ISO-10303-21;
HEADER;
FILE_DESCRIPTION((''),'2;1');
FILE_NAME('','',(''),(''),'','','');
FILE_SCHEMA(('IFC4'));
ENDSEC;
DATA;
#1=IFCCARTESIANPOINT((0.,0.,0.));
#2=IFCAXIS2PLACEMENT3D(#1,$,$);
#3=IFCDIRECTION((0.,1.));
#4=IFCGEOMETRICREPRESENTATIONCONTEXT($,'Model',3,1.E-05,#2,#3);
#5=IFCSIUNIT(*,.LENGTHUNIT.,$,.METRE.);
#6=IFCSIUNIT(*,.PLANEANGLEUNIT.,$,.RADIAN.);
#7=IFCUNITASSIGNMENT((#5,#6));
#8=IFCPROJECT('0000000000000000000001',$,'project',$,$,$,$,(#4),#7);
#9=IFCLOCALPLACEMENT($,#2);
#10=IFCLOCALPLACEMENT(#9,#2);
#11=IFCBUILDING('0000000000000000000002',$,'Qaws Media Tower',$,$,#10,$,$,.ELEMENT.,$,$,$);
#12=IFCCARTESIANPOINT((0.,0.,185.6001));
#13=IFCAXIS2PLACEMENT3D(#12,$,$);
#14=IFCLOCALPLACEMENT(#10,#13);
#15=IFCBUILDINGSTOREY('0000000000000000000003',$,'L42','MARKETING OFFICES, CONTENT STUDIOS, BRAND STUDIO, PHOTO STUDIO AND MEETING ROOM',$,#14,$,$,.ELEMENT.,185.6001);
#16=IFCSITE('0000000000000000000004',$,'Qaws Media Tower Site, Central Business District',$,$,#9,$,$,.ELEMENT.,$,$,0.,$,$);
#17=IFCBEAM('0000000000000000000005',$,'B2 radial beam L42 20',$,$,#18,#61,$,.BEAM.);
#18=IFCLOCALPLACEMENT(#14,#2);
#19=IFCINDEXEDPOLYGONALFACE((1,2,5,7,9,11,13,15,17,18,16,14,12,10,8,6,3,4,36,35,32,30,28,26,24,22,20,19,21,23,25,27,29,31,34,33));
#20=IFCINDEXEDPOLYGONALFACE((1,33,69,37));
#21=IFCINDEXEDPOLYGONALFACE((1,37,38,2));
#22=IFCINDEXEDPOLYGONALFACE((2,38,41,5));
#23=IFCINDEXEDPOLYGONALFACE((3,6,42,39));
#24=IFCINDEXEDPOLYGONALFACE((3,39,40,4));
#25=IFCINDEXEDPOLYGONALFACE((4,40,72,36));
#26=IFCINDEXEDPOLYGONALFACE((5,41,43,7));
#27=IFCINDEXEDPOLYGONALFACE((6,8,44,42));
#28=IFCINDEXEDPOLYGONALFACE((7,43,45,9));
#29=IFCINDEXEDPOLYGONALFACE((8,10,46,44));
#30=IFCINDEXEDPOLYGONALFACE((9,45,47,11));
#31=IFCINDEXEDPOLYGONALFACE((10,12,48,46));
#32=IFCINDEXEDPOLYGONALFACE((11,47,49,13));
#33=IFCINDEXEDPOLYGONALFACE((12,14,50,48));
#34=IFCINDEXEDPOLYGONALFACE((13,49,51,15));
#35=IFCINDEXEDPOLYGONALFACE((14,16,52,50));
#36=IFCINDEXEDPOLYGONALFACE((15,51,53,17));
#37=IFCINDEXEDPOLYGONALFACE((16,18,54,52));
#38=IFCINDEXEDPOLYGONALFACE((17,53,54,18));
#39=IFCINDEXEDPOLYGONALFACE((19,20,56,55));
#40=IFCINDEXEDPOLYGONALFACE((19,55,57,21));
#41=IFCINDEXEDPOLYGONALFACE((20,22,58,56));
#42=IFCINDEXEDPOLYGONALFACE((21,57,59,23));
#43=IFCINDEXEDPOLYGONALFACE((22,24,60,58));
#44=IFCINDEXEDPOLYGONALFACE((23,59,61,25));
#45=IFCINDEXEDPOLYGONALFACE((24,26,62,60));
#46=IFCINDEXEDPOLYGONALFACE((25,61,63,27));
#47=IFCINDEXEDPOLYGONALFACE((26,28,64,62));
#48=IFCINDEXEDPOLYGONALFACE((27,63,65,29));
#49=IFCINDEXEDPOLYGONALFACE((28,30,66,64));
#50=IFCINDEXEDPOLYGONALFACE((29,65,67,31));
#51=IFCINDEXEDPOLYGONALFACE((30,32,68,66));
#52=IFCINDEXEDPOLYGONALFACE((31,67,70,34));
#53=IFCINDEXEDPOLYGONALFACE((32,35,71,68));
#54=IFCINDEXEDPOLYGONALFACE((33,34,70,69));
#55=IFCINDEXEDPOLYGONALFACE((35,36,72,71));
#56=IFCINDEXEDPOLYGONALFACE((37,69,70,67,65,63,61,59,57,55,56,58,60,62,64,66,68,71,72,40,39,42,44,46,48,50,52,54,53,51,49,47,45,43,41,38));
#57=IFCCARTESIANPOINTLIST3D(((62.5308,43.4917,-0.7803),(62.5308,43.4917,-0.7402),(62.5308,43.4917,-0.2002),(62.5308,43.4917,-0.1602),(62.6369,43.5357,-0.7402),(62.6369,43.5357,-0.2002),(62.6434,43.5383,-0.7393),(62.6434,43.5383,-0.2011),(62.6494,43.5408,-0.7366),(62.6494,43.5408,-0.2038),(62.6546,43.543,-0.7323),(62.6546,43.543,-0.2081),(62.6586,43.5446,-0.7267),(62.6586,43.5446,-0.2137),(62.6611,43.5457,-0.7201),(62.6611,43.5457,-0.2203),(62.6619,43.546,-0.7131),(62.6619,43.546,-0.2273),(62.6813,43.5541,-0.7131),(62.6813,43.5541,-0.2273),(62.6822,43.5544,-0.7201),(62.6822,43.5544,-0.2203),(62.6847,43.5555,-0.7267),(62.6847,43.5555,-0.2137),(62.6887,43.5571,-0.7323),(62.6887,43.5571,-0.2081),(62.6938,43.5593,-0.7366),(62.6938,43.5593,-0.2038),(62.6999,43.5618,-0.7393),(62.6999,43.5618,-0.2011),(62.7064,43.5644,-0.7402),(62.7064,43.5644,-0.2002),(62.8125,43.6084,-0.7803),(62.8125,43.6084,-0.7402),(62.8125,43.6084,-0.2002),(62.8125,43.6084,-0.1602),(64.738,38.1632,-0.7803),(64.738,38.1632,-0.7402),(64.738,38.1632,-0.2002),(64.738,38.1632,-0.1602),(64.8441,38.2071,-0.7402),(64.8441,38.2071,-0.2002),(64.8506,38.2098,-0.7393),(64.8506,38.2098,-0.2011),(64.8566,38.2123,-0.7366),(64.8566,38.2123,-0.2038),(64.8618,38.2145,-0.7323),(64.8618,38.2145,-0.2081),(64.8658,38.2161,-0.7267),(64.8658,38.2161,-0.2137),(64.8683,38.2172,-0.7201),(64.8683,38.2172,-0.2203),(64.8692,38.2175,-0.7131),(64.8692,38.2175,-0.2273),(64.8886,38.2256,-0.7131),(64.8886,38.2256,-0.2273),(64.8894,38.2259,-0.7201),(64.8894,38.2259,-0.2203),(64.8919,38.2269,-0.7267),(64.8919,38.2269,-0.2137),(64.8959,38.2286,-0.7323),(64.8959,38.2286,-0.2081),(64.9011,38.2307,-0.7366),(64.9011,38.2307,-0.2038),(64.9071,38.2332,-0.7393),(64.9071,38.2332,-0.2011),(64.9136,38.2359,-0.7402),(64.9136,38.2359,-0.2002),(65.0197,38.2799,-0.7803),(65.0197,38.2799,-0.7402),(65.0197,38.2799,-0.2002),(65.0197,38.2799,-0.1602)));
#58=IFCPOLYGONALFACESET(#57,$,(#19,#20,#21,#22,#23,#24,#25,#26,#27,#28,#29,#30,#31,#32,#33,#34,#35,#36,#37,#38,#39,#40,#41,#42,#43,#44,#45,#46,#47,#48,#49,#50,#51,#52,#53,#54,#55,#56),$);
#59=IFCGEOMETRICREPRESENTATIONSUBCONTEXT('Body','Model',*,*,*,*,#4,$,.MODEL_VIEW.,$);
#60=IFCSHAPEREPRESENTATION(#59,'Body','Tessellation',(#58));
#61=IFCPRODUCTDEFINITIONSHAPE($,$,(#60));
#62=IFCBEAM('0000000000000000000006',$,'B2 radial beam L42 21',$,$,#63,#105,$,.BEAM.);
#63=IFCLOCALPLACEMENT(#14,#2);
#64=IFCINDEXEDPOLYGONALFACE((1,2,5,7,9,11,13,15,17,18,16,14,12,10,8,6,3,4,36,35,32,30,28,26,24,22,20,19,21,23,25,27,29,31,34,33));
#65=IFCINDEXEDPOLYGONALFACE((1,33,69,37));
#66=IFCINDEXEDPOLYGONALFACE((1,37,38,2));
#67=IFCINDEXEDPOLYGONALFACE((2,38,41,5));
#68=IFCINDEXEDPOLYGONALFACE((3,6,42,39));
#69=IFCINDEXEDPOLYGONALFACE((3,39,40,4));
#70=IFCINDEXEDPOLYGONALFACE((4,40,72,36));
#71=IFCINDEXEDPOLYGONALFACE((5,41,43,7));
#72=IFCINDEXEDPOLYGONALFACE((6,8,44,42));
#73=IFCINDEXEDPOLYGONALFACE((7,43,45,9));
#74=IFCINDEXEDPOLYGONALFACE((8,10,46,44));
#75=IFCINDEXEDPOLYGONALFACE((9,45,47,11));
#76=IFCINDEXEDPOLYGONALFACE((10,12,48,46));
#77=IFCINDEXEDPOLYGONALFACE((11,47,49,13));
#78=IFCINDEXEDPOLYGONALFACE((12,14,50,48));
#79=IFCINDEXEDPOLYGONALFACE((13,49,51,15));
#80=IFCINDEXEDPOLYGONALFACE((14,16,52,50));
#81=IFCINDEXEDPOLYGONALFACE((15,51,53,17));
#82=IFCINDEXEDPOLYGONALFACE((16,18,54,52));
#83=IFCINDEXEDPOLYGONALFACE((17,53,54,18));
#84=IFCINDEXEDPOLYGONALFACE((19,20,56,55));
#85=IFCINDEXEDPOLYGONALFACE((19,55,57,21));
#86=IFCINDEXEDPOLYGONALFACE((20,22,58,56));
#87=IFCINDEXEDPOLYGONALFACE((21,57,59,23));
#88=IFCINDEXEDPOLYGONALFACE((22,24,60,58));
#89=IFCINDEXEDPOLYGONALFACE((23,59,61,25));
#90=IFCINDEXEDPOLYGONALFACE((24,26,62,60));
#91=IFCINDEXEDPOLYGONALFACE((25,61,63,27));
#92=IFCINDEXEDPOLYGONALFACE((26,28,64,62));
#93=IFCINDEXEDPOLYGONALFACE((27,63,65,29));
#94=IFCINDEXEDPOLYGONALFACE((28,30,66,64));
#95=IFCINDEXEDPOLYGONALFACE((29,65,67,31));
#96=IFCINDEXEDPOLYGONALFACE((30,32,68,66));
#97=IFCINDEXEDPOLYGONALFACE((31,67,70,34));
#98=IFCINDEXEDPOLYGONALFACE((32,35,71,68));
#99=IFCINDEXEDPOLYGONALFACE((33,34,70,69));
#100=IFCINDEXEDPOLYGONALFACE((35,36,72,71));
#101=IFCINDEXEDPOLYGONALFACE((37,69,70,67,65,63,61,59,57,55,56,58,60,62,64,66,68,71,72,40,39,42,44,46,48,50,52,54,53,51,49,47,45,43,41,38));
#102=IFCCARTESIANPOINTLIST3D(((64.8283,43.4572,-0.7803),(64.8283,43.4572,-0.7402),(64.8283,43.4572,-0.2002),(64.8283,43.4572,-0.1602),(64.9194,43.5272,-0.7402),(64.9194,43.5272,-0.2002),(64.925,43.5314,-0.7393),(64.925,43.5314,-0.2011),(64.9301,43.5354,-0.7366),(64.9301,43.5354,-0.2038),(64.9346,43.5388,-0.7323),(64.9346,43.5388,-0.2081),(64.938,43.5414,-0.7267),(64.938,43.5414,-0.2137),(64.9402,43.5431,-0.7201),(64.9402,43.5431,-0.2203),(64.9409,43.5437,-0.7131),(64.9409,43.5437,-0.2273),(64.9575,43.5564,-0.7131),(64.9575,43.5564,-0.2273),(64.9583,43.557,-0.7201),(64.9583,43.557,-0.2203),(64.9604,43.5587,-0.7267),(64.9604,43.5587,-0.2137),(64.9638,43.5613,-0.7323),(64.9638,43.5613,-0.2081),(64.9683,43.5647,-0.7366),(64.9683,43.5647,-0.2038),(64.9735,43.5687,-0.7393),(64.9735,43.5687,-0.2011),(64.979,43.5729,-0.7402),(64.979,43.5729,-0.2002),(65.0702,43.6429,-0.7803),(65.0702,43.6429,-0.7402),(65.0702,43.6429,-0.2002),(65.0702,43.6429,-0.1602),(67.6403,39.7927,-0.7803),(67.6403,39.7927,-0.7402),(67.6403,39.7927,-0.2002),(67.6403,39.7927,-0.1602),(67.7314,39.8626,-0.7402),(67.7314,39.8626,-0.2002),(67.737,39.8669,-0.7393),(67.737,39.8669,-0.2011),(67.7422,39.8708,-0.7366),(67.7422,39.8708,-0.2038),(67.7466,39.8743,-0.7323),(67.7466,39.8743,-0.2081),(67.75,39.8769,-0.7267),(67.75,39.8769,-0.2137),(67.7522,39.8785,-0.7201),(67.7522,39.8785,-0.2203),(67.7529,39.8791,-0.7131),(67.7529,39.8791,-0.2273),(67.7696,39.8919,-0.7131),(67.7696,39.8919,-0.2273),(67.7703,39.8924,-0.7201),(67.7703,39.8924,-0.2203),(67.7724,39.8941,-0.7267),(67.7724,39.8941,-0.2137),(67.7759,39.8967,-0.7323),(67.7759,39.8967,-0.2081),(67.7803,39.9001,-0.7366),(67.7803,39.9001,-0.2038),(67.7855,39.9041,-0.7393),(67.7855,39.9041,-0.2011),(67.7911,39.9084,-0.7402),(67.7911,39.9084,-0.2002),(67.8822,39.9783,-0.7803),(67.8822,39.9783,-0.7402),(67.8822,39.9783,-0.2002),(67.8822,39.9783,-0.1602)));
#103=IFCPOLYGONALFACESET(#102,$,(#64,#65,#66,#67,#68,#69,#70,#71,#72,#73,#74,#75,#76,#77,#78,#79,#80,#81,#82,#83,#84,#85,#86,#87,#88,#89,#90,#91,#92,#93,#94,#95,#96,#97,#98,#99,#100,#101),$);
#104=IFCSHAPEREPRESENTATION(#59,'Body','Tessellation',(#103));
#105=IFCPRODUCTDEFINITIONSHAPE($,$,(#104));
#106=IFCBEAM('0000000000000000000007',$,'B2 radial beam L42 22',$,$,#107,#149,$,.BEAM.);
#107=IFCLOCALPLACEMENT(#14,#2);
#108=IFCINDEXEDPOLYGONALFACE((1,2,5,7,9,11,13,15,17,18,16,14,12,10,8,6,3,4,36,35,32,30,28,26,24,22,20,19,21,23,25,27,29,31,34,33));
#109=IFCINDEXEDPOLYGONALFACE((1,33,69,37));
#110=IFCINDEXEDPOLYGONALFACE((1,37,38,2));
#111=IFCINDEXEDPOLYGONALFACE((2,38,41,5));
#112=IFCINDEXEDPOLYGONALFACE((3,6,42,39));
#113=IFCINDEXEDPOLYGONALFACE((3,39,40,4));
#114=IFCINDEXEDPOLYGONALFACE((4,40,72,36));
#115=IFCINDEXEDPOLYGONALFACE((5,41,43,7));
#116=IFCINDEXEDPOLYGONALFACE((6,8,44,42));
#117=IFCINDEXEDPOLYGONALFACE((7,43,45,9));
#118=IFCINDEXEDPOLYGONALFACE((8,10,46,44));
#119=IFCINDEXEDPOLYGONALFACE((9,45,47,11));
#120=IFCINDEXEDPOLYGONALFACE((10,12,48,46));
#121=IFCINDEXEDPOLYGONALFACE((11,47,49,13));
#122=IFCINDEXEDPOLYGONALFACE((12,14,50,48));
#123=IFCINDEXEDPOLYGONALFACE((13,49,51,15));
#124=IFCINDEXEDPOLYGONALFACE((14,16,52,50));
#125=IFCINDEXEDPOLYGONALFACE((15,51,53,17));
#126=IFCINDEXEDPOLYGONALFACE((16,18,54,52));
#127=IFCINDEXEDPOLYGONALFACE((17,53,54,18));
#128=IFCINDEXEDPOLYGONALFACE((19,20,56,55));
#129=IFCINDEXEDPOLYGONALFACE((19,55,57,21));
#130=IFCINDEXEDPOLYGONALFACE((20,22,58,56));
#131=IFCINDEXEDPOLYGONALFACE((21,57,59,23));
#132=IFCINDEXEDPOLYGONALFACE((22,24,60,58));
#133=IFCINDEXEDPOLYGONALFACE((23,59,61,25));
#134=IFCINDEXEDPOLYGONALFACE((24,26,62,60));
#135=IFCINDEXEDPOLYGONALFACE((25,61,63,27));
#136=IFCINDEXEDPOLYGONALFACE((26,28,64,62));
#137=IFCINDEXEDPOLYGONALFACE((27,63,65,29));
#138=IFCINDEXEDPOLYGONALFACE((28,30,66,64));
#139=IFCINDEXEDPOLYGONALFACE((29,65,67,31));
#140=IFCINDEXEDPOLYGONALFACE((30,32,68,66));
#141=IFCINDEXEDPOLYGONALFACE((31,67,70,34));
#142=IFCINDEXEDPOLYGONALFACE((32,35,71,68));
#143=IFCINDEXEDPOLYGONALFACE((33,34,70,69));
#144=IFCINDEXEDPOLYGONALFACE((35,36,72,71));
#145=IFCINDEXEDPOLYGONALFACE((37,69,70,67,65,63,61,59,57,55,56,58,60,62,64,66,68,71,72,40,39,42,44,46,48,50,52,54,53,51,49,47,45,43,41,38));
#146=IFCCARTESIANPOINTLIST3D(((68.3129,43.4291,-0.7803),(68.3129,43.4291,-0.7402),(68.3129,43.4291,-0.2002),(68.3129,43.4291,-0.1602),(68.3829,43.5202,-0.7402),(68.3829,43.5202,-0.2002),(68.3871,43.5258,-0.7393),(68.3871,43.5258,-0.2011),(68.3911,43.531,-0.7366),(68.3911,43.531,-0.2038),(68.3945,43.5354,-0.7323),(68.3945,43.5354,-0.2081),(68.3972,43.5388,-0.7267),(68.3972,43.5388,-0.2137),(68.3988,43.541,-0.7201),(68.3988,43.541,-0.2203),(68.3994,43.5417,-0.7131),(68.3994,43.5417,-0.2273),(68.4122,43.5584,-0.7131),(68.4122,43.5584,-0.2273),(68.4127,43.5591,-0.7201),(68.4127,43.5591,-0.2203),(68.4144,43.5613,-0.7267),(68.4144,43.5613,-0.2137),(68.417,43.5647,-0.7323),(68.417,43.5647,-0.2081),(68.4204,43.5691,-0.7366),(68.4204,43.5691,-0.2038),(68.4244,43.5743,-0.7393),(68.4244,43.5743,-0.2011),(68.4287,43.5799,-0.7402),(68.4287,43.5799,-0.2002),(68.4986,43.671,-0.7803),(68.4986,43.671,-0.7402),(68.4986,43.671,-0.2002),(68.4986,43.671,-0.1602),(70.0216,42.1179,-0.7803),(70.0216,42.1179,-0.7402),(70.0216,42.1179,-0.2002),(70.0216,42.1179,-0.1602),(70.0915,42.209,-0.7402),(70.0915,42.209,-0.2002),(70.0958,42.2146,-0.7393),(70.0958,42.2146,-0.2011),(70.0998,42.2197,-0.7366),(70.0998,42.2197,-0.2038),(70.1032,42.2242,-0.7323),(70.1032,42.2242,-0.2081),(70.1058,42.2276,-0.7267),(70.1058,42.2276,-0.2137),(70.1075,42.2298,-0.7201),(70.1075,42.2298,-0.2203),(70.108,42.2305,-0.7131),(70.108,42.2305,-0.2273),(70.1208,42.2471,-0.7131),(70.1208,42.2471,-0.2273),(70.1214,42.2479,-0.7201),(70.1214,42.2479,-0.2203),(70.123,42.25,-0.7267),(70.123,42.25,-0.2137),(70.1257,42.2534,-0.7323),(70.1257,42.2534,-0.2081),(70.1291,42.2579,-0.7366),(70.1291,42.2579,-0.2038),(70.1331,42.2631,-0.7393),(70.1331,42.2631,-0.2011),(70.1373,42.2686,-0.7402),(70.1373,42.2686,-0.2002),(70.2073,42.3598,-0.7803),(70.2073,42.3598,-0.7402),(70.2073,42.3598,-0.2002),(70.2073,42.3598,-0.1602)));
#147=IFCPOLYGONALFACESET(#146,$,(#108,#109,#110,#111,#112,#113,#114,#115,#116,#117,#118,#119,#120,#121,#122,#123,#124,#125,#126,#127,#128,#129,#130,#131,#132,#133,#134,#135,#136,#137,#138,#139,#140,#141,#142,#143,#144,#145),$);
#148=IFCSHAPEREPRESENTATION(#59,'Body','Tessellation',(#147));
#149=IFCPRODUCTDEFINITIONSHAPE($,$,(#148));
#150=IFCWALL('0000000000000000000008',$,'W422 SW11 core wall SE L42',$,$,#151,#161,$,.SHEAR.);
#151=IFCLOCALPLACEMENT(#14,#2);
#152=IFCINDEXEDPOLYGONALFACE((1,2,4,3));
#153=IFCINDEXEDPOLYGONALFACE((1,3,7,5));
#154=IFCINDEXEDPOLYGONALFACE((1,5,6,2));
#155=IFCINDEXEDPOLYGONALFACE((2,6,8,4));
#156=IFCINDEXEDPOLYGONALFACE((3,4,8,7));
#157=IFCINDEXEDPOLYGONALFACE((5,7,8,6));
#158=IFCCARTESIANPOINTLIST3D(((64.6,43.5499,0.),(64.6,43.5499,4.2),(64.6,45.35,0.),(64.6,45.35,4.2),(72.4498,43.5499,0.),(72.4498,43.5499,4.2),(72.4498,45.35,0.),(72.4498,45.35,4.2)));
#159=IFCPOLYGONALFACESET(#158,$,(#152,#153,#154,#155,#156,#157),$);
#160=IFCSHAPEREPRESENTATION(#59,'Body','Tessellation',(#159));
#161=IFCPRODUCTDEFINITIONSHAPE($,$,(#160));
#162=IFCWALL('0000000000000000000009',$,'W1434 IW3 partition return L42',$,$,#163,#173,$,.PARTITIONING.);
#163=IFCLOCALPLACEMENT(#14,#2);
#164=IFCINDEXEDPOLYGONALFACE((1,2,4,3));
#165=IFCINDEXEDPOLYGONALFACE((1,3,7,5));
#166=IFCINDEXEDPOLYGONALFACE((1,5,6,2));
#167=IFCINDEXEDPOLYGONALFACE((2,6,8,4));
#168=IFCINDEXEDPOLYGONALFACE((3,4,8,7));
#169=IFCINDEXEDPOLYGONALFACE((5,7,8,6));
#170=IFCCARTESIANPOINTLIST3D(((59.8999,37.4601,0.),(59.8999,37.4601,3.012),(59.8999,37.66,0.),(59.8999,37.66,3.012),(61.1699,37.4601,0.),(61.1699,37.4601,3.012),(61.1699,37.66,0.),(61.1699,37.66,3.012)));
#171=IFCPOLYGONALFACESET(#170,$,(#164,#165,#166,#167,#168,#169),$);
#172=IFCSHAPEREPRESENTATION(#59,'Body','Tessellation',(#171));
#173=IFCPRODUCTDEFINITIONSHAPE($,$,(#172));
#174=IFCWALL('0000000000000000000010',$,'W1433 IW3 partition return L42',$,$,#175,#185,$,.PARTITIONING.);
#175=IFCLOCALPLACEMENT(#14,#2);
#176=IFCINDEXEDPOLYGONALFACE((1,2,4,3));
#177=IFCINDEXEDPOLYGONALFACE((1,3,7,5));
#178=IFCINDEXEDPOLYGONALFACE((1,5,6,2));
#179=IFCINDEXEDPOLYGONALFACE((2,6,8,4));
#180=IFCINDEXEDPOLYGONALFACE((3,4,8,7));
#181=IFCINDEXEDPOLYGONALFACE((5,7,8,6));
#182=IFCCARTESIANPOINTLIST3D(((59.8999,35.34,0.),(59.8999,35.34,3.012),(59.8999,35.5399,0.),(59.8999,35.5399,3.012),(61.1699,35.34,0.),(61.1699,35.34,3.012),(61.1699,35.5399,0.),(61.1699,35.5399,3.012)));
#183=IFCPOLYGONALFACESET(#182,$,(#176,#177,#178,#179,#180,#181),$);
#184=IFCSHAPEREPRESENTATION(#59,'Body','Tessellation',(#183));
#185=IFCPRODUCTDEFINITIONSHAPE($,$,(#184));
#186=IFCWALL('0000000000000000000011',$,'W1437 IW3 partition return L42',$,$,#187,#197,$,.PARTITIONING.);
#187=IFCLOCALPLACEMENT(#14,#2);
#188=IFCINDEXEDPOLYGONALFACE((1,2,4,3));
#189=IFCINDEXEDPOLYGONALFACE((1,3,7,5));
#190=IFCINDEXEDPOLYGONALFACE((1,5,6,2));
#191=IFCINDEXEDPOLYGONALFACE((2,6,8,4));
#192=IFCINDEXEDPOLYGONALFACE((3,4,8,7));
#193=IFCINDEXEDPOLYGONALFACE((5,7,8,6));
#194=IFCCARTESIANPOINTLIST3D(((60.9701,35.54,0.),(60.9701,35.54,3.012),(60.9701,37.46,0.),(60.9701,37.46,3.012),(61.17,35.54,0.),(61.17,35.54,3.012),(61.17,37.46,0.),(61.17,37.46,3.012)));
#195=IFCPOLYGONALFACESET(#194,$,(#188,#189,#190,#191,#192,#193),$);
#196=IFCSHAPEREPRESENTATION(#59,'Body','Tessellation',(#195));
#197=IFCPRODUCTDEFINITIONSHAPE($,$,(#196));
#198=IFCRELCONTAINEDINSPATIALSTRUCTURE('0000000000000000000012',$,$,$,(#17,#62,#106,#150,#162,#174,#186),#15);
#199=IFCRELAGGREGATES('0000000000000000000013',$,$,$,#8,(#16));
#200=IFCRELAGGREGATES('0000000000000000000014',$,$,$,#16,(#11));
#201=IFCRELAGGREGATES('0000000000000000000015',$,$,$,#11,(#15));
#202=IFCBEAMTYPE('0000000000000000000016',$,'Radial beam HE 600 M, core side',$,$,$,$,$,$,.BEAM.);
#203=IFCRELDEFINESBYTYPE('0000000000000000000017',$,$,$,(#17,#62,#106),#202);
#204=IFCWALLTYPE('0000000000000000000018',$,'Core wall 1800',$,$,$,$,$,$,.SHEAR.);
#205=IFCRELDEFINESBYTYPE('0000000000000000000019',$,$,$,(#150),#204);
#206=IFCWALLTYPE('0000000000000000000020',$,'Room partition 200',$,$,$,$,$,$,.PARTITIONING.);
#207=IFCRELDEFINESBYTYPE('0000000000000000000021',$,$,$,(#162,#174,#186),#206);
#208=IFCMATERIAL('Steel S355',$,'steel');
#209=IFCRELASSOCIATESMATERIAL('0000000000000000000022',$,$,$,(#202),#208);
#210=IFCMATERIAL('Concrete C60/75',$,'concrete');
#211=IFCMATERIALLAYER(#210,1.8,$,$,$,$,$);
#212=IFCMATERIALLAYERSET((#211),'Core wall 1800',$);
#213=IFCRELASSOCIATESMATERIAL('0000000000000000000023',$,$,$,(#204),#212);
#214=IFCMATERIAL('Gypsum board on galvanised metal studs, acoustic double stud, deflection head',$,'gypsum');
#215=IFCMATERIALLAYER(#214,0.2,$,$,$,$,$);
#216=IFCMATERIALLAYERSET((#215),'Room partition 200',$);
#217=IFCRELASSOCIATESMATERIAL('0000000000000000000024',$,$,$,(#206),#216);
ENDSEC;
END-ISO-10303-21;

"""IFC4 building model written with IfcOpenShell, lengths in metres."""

from ifc_helpers import new_model, si_unit, direction, frame, frame_2d, origin, origin_2d, place, context, subcontext, project, spatial, rectangle, i_section, extrude, material, layer, layer_set, material_profile, profile_set, type_object, element, save


model = new_model("IFC4")

# Units and contexts
model_context = context("Model", 3, precision=1e-05, world=origin(), true_north=direction((0.0, 1.0)))
body_context = subcontext(model_context, "Body", "Model", "MODEL_VIEW")
ifc_project = project(units=[si_unit("LENGTHUNIT", "METRE"), si_unit("PLANEANGLEUNIT", "RADIAN")], contexts=[model_context])

# Site, building, storey
site_placement = place(None, origin())
site = spatial("IfcSite", under=ifc_project, at=site_placement, Name="Qaws Media Tower Site, Central Business District", CompositionType="ELEMENT", RefElevation=0.0)
building_placement = place(site_placement, origin())
building = spatial("IfcBuilding", under=site, at=building_placement, Name="Qaws Media Tower", CompositionType="ELEMENT")
storey_placement = place(building_placement, frame((0.0, 0.0, 185.6001)))
storey = spatial("IfcBuildingStorey", under=building, at=storey_placement, Name="L42", Description="MARKETING OFFICES, CONTENT STUDIOS, BRAND STUDIO, PHOTO STUDIO AND MEETING ROOM", CompositionType="ELEMENT", Elevation=185.6001)

# Beams
ifc_material_1 = material(Name="Steel S355", Category="steel")
ifc_material_profile_1 = material_profile(ifc_material_1, i_section(OverallWidth=0.3049, OverallDepth=0.6201, WebThickness=0.021, FlangeThickness=0.04, FilletRadius=0.0271, at=origin_2d()), Name="HE 600 M")
ifc_profile_set_1 = profile_set([ifc_material_profile_1], Name="Steel S355")
beam_type_1 = type_object("IfcBeamType", Name="Radial beam HE 600 M, core side", PredefinedType="BEAM", material=ifc_profile_set_1)
beam_1_placement = place(storey_placement, frame((62.6716, 43.55, -0.4702), z_axis=(0.382697, -0.923874, 0.0), x_axis=(0.923874, 0.382697, 0.0)))
element("IfcBeam", 1, at=beam_1_placement, inside=storey, type_object=beam_type_1, Name="B2 radial beam L42 20", PredefinedType="BEAM", context=body_context, shape_type="SweptSolid", body=[
    extrude(i_section(OverallWidth=0.3049, OverallDepth=0.6201, WebThickness=0.021, FlangeThickness=0.04, FilletRadius=0.0271, at=origin_2d()), origin(), (0.0, 0.0, 1.0), 5.7676),
])
beam_2_placement = place(storey_placement, frame((64.9492, 43.55, -0.4702), z_axis=(0.608775, -0.793343, 0.0), x_axis=(0.793343, 0.608775, 0.0)))
element("IfcBeam", 2, at=beam_2_placement, inside=storey, type_object=beam_type_1, Name="B2 radial beam L42 21", PredefinedType="BEAM", context=body_context, shape_type="SweptSolid", body=[
    extrude(i_section(OverallWidth=0.3049, OverallDepth=0.6201, WebThickness=0.021, FlangeThickness=0.04, FilletRadius=0.0271, at=origin_2d()), origin(), (0.0, 0.0, 1.0), 4.6191),
])
beam_3_placement = place(storey_placement, frame((68.4058, 43.55, -0.4702), z_axis=(0.793327, -0.608796, 0.0), x_axis=(0.608796, 0.793327, 0.0)))
element("IfcBeam", 3, at=beam_3_placement, inside=storey, type_object=beam_type_1, Name="B2 radial beam L42 22", PredefinedType="BEAM", context=body_context, shape_type="SweptSolid", body=[
    extrude(i_section(OverallWidth=0.3049, OverallDepth=0.6201, WebThickness=0.021, FlangeThickness=0.04, FilletRadius=0.0271, at=origin_2d()), origin(), (0.0, 0.0, 1.0), 2.1538),
])

# Walls
ifc_material_2 = material(Name="Concrete C60/75", Category="concrete")
ifc_layer_1 = layer(ifc_material_2, 1.8)
ifc_layer_set_1 = layer_set([ifc_layer_1], Name="Core wall 1800")
wall_type_1 = type_object("IfcWallType", Name="Core wall 1800", PredefinedType="SHEAR", material=ifc_layer_set_1)
wall_1_placement = place(storey_placement, frame((64.6001, 44.45, 0.0), z_axis=(0.0, 0.0, 1.0), x_axis=(1.0, 0.0, 0.0)))
element("IfcWall", 4, at=wall_1_placement, inside=storey, type_object=wall_type_1, Name="W422 SW11 core wall SE L42", PredefinedType="SHEAR", context=body_context, shape_type="SweptSolid", body=[
    extrude(rectangle(XDim=7.8499, YDim=1.8, at=frame_2d((3.9248, 0.0))), origin(), (0.0, 0.0, 1.0), 4.2),
])
ifc_material_3 = material(Name="Gypsum board on galvanised metal studs, acoustic double stud, deflection head", Category="gypsum")
ifc_layer_2 = layer(ifc_material_3, 0.2)
ifc_layer_set_2 = layer_set([ifc_layer_2], Name="Room partition 200")
wall_type_2 = type_object("IfcWallType", Name="Room partition 200", PredefinedType="PARTITIONING", material=ifc_layer_set_2)
for number, where, z_axis, x_axis, name in (
    (5, (59.8999, 37.5601, 0.0), (0.0, 0.0, 1.0), (1.0, 0.0, 0.0), "W1434 IW3 partition return L42"),
    (6, (59.8999, 35.4399, 0.0), (0.0, 0.0, 1.0), (1.0, 0.0, 0.0), "W1433 IW3 partition return L42"),
):
    element("IfcWall", number, at=place(storey_placement, frame(where, z_axis=z_axis, x_axis=x_axis)), inside=storey, type_object=wall_type_2, Name=name, PredefinedType="PARTITIONING", context=body_context, shape_type="SweptSolid", body=[
        extrude(rectangle(XDim=1.27, YDim=0.2, at=frame_2d((0.635, 0.0))), origin(), (0.0, 0.0, 1.0), 3.012),
    ])
wall_2_placement = place(storey_placement, frame((61.0701, 37.46, 0.0), z_axis=(0.0, 0.0, 1.0), x_axis=(0.0, -1.0, 0.0)))
element("IfcWall", 7, at=wall_2_placement, inside=storey, type_object=wall_type_2, Name="W1437 IW3 partition return L42", PredefinedType="PARTITIONING", context=body_context, shape_type="SweptSolid", body=[
    extrude(rectangle(XDim=1.9199, YDim=0.2, at=frame_2d((0.96, 0.0))), origin(), (0.0, 0.0, 1.0), 3.012),
])

save(model, "model.ifc")
